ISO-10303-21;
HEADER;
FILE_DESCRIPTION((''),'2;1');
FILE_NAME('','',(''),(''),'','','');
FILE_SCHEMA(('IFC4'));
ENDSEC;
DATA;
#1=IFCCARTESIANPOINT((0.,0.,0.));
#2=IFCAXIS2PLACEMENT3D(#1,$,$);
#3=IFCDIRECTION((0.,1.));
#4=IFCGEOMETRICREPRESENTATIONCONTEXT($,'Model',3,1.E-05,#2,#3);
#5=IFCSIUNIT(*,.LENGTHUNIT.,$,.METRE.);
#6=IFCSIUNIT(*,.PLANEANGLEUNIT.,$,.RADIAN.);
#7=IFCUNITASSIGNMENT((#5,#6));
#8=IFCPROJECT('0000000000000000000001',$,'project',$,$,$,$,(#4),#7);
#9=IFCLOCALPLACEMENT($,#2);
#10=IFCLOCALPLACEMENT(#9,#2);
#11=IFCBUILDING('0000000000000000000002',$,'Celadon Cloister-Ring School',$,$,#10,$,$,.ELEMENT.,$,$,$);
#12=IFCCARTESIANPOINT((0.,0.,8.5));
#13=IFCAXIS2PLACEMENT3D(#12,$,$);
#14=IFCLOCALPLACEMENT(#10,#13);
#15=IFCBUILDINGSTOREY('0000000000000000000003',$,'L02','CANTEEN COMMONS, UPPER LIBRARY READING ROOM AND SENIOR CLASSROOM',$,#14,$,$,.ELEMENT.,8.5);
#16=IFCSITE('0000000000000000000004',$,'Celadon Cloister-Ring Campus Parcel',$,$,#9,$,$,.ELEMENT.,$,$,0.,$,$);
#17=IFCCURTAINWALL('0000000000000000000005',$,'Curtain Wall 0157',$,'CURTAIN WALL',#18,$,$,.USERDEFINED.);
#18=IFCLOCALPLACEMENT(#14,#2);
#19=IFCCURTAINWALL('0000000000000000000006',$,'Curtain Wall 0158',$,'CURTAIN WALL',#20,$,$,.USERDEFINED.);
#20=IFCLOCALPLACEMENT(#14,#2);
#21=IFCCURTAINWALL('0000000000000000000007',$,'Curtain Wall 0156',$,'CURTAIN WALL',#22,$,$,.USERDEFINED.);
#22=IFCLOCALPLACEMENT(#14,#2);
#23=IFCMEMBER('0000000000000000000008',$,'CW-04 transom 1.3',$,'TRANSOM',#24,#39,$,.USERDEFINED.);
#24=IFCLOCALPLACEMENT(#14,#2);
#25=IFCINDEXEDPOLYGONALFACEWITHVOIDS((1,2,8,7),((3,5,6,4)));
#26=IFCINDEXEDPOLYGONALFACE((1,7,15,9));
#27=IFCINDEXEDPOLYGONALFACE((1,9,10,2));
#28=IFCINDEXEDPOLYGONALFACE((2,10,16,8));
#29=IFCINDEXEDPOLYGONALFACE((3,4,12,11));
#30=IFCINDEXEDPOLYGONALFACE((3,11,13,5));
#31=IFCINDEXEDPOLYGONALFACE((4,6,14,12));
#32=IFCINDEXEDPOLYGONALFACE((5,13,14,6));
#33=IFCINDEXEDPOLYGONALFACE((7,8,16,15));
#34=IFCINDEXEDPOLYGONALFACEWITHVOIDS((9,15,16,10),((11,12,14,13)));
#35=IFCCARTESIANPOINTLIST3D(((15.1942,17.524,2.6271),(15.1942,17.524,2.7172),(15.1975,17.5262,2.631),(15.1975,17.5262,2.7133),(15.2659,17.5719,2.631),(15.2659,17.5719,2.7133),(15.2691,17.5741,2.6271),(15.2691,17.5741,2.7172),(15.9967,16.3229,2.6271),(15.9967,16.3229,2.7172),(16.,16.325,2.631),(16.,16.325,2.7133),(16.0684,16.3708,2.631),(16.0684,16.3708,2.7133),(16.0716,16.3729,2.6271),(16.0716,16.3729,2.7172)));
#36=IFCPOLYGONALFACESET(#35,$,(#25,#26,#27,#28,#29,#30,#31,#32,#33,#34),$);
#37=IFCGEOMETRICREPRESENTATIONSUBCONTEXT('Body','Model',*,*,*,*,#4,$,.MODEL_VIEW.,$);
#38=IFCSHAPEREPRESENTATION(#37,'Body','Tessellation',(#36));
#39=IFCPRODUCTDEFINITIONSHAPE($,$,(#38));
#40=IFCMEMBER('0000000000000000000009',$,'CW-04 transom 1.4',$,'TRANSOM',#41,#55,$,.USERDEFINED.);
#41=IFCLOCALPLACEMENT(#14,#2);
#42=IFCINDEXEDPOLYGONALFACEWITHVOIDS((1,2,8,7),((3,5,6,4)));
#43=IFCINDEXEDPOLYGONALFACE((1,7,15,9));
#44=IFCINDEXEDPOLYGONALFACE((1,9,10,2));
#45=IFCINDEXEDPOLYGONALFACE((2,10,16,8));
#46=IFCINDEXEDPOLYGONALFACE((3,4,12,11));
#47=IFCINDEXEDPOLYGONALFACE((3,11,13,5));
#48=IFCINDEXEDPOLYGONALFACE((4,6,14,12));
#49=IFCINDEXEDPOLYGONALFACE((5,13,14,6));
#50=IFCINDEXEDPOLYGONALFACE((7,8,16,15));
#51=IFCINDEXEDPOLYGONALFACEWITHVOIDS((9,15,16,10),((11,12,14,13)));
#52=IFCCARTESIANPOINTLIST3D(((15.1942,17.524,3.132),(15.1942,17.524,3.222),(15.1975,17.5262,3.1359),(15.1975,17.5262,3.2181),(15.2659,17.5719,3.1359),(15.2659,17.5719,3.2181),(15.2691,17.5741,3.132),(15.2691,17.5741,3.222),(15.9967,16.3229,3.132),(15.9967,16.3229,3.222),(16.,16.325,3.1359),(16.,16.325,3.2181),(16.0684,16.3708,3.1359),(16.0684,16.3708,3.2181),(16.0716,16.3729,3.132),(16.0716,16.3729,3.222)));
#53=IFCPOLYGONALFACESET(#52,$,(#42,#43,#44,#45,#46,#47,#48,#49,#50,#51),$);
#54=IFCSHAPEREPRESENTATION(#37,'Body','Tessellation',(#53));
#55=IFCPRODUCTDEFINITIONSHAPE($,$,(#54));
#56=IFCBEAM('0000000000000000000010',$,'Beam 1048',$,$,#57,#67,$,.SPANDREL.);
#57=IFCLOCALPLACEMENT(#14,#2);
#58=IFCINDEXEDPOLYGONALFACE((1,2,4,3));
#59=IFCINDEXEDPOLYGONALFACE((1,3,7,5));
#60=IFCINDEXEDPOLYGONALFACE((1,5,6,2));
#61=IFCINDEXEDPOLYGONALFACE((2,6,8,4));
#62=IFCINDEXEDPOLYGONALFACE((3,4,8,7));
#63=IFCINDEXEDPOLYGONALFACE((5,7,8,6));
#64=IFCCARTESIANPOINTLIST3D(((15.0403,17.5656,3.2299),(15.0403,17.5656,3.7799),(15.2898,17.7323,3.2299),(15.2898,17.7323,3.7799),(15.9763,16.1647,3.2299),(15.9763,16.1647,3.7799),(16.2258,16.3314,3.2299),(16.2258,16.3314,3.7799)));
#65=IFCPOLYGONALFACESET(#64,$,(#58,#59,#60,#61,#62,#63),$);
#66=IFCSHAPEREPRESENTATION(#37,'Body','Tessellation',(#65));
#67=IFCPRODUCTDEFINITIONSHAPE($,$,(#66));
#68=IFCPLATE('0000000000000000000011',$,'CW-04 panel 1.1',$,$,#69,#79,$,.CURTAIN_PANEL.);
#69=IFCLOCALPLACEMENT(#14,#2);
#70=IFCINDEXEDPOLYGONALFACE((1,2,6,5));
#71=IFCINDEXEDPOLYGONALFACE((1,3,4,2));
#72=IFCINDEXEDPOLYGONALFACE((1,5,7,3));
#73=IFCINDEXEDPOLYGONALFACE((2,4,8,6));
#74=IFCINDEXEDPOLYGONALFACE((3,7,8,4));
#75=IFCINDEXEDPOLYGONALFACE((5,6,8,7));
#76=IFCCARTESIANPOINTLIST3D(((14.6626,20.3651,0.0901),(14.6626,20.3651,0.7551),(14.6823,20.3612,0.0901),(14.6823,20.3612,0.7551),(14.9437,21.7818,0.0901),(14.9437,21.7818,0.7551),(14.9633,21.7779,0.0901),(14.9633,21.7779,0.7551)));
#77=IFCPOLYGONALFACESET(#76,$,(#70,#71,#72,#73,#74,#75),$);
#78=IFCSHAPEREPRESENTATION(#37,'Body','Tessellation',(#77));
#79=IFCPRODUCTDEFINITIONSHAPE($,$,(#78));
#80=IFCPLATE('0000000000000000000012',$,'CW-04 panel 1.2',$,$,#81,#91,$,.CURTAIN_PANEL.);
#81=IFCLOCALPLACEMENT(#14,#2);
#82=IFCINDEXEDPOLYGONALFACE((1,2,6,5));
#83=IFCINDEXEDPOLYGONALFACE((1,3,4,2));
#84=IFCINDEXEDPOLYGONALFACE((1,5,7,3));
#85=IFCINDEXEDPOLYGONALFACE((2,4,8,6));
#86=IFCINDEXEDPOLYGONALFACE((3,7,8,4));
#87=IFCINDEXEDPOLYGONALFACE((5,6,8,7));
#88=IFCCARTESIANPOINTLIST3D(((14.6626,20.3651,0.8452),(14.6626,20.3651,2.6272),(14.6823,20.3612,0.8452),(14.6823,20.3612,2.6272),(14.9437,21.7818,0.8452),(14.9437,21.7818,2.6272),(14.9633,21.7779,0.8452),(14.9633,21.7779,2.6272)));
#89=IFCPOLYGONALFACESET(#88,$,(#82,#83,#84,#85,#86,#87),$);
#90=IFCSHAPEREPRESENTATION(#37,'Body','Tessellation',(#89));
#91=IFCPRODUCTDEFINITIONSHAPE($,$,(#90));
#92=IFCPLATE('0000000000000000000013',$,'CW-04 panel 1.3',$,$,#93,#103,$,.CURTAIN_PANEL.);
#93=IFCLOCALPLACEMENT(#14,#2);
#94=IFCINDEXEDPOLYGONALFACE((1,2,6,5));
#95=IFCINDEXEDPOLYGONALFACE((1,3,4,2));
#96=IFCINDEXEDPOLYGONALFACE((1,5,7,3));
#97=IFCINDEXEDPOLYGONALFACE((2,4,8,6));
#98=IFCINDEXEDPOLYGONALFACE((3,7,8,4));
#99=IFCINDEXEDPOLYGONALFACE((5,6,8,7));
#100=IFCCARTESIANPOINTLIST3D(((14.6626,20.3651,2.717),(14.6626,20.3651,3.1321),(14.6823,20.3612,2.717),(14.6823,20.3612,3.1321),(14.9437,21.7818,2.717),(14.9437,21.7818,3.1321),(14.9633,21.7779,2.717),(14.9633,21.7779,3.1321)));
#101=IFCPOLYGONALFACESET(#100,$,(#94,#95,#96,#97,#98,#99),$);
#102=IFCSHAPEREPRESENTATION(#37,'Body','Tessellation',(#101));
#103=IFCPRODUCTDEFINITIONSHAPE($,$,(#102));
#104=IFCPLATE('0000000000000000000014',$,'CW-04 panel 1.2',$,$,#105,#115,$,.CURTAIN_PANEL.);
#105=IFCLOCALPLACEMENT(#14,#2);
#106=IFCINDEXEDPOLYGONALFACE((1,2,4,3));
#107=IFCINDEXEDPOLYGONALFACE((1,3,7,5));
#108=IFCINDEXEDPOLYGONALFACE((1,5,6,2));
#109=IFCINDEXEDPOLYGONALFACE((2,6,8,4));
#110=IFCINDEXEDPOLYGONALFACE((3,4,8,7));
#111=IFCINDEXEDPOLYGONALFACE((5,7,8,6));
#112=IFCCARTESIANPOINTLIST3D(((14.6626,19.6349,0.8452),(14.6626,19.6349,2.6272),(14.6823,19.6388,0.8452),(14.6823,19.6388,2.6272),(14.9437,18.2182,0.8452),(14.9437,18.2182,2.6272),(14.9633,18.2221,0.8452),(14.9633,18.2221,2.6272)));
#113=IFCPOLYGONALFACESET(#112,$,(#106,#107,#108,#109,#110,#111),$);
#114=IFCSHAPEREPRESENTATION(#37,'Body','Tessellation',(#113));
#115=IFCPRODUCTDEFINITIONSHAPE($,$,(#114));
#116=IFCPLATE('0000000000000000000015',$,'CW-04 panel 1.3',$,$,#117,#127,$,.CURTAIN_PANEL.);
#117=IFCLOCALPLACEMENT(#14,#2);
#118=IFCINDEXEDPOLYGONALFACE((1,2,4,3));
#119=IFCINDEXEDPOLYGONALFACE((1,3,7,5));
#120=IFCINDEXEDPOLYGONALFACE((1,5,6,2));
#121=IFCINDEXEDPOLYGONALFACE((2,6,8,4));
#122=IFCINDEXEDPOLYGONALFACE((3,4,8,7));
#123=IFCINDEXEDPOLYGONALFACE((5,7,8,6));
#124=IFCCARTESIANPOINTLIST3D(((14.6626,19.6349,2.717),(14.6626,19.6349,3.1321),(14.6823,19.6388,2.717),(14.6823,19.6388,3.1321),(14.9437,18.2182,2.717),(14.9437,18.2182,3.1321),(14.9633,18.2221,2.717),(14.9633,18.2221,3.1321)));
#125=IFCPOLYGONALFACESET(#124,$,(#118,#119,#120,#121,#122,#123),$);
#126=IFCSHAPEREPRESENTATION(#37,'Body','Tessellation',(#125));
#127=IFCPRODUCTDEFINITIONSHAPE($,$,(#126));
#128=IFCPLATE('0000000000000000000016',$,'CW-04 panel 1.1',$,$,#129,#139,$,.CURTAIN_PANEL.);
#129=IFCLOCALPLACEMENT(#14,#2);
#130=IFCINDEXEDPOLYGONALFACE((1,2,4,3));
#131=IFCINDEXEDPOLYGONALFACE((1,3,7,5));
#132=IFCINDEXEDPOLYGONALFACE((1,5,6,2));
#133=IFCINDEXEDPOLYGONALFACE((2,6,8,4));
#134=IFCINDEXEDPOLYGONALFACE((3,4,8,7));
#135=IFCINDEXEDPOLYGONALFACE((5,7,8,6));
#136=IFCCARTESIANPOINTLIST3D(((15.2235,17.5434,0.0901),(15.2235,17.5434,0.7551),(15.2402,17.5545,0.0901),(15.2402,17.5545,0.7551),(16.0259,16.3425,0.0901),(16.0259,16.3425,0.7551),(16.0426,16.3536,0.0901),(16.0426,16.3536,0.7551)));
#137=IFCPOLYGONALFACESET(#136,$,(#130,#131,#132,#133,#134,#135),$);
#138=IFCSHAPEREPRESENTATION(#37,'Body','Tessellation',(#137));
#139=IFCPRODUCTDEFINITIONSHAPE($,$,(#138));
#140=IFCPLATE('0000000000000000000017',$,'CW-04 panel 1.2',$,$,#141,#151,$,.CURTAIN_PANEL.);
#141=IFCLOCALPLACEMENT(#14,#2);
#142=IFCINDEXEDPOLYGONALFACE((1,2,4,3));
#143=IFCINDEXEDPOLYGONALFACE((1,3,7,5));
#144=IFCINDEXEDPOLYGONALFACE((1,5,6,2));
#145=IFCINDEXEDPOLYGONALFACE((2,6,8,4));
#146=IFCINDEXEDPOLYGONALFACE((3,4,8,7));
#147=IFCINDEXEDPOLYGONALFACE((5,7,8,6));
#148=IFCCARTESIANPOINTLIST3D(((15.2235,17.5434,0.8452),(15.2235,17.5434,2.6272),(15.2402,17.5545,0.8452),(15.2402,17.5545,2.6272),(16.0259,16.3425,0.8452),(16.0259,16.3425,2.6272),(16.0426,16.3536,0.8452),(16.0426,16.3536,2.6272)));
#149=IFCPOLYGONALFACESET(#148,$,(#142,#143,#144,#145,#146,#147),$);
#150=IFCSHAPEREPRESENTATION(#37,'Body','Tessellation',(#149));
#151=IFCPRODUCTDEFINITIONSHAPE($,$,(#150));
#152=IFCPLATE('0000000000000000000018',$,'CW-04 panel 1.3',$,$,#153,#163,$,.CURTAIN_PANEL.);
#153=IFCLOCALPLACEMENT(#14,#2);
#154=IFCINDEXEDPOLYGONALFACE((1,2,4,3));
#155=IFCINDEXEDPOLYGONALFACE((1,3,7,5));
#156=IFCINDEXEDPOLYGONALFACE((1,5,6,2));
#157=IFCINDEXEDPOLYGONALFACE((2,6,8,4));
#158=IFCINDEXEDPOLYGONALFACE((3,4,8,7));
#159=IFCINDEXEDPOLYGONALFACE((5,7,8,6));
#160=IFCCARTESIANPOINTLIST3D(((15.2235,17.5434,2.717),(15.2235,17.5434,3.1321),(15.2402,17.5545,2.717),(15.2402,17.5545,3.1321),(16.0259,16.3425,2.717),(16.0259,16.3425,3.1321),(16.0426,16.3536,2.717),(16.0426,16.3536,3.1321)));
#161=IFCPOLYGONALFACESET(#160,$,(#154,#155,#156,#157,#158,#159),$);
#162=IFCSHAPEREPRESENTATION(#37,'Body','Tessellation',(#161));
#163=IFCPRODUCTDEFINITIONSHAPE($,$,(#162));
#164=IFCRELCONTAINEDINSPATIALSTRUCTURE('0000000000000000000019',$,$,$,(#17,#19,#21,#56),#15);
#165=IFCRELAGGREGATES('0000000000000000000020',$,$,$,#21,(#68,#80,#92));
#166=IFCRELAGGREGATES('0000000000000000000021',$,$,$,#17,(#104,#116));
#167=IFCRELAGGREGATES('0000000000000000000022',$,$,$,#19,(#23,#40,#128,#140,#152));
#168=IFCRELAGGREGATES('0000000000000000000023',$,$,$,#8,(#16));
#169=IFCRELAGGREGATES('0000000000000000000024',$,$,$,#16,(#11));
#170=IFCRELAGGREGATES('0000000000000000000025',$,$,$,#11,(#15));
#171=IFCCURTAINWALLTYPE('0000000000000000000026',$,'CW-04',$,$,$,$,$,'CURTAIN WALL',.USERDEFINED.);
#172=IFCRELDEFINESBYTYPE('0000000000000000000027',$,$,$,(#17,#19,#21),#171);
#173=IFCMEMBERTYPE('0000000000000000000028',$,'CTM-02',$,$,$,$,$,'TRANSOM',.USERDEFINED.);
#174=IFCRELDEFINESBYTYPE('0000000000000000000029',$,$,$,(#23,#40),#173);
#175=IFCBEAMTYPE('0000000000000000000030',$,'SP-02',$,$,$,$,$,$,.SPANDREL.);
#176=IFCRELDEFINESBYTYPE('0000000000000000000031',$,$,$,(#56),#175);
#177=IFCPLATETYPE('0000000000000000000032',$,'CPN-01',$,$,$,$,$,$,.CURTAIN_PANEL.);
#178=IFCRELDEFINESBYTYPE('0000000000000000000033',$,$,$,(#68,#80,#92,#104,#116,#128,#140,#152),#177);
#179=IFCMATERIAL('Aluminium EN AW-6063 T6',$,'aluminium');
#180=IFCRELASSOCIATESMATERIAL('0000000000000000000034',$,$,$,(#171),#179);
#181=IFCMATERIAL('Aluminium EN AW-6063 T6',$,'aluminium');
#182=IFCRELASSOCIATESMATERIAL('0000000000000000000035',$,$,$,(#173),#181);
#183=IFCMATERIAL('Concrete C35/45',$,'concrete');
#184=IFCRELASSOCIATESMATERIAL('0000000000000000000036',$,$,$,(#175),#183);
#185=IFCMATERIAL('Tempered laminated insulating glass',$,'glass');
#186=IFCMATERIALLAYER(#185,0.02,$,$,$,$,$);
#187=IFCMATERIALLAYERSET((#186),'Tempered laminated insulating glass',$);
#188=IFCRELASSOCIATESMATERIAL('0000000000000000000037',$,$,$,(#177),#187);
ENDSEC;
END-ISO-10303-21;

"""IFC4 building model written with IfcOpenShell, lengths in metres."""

from ifc_helpers import new_model, si_unit, direction, frame, origin, origin_2d, place, context, subcontext, project, spatial, rectangle, hollow_rectangle, extrude, material, layer, layer_set, material_profile, profile_set, type_object, element, aggregate, save


model = new_model("IFC4")

# Units and contexts
model_context = context("Model", 3, precision=1e-05, world=origin(), true_north=direction((0.0, 1.0)))
body_context = subcontext(model_context, "Body", "Model", "MODEL_VIEW")
ifc_project = project(units=[si_unit("LENGTHUNIT", "METRE"), si_unit("PLANEANGLEUNIT", "RADIAN")], contexts=[model_context])

# Site, building, storey
site_placement = place(None, origin())
site = spatial("IfcSite", under=ifc_project, at=site_placement, Name="Celadon Cloister-Ring Campus Parcel", CompositionType="ELEMENT", RefElevation=0.0)
building_placement = place(site_placement, origin())
building = spatial("IfcBuilding", under=site, at=building_placement, Name="Celadon Cloister-Ring School", CompositionType="ELEMENT")
storey_placement = place(building_placement, frame((0.0, 0.0, 8.5)))
storey = spatial("IfcBuildingStorey", under=building, at=storey_placement, Name="L02", Description="CANTEEN COMMONS, UPPER LIBRARY READING ROOM AND SENIOR CLASSROOM", CompositionType="ELEMENT", Elevation=8.5)

# Curtain wall
ifc_material_1 = material(Name="Aluminium EN AW-6063 T6", Category="aluminium")
curtain_wall_type = type_object("IfcCurtainWallType", Name="CW-04", ElementType="CURTAIN WALL", PredefinedType="USERDEFINED", material=ifc_material_1)
curtain_wall_1_placement = place(storey_placement, origin())
curtain_wall_1 = element("IfcCurtainWall", 1, at=curtain_wall_1_placement, inside=storey, type_object=curtain_wall_type, Name="Curtain Wall 0157", ObjectType="CURTAIN WALL", PredefinedType="USERDEFINED")

# Curtain walls
curtain_wall_2_placement = place(storey_placement, origin())
curtain_wall_2 = element("IfcCurtainWall", 2, at=curtain_wall_2_placement, inside=storey, type_object=curtain_wall_type, Name="Curtain Wall 0158", ObjectType="CURTAIN WALL", PredefinedType="USERDEFINED")
curtain_wall_3_placement = place(storey_placement, origin())
curtain_wall_3 = element("IfcCurtainWall", 3, at=curtain_wall_3_placement, inside=storey, type_object=curtain_wall_type, Name="Curtain Wall 0156", ObjectType="CURTAIN WALL", PredefinedType="USERDEFINED")
ifc_material_2 = material(Name="Aluminium EN AW-6063 T6", Category="aluminium")
ifc_material_profile_1 = material_profile(ifc_material_2, hollow_rectangle(XDim=0.0901, YDim=0.0901, WallThickness=0.0039, at=origin_2d()), Name="RHS90X90X4")
ifc_profile_set_1 = profile_set([ifc_material_profile_1], Name="Aluminium EN AW-6063 T6")
member_type_1 = type_object("IfcMemberType", Name="CTM-02", ElementType="TRANSOM", PredefinedType="USERDEFINED", material=ifc_profile_set_1)

# Members
member_1_placement = place(storey_placement, frame((15.2317, 17.5491, 2.6721), z_axis=(0.555519, -0.831504, 0.0), x_axis=(0.831504, 0.555519, 0.0)))
member_1 = element("IfcMember", 4, at=member_1_placement, type_object=member_type_1, Name="CW-04 transom 1.3", ObjectType="TRANSOM", PredefinedType="USERDEFINED", context=body_context, shape_type="SweptSolid", body=[
    extrude(hollow_rectangle(XDim=0.0901, YDim=0.0901, WallThickness=0.0039, at=origin_2d()), origin(), (0.0, 0.0, 1.0), 1.4446),
])
member_2_placement = place(storey_placement, frame((15.2317, 17.5491, 3.177), z_axis=(0.555519, -0.831504, 0.0), x_axis=(0.831504, 0.555519, 0.0)))
member_2 = element("IfcMember", 5, at=member_2_placement, type_object=member_type_1, Name="CW-04 transom 1.4", ObjectType="TRANSOM", PredefinedType="USERDEFINED", context=body_context, shape_type="SweptSolid", body=[
    extrude(hollow_rectangle(XDim=0.0901, YDim=0.0901, WallThickness=0.0039, at=origin_2d()), origin(), (0.0, 0.0, 1.0), 1.4446),
])

# Beam
ifc_material_3 = material(Name="Concrete C35/45", Category="concrete")
ifc_material_profile_2 = material_profile(ifc_material_3, rectangle(XDim=0.3, YDim=0.55, at=origin_2d()), Name="RC300X550")
ifc_profile_set_2 = profile_set([ifc_material_profile_2], Name="Concrete C35/45")
beam_type = type_object("IfcBeamType", Name="SP-02", PredefinedType="SPANDREL", material=ifc_profile_set_2)
beam_placement = place(storey_placement, frame((15.165, 17.6489, 3.5049), z_axis=(0.555569, -0.83147, 0.0), x_axis=(0.83147, 0.555569, 0.0)))
element("IfcBeam", 6, at=beam_placement, inside=storey, type_object=beam_type, Name="Beam 1048", PredefinedType="SPANDREL", context=body_context, shape_type="SweptSolid", body=[
    extrude(rectangle(XDim=0.3, YDim=0.55, at=origin_2d()), origin(), (0.0, 0.0, 1.0), 1.6848),
])

# Plates
ifc_material_4 = material(Name="Tempered laminated insulating glass", Category="glass")
ifc_layer = layer(ifc_material_4, 0.02)
ifc_layer_set = layer_set([ifc_layer], Name="Tempered laminated insulating glass")
plate_type = type_object("IfcPlateType", Name="CPN-01", PredefinedType="CURTAIN_PANEL", material=ifc_layer_set)
plate_1_placement = place(storey_placement, frame((14.813, 21.0715, 0.0901), z_axis=(0.0, 0.0, 1.0), x_axis=(-0.194586, -0.980885, 0.0)))
plate_1 = element("IfcPlate", 7, at=plate_1_placement, type_object=plate_type, Name="CW-04 panel 1.1", PredefinedType="CURTAIN_PANEL", context=body_context, shape_type="SweptSolid", body=[
    extrude(rectangle(XDim=1.4443, YDim=0.02, at=origin_2d()), origin(), (0.0, 0.0, 1.0), 0.665),
])
plate_2_placement = place(storey_placement, frame((14.813, 21.0715, 0.8452), z_axis=(0.0, 0.0, 1.0), x_axis=(-0.194586, -0.980885, 0.0)))
plate_2 = element("IfcPlate", 8, at=plate_2_placement, type_object=plate_type, Name="CW-04 panel 1.2", PredefinedType="CURTAIN_PANEL", context=body_context, shape_type="SweptSolid", body=[
    extrude(rectangle(XDim=1.4443, YDim=0.02, at=origin_2d()), origin(), (0.0, 0.0, 1.0), 1.782),
])
plate_3_placement = place(storey_placement, frame((14.813, 21.0715, 2.717), z_axis=(0.0, 0.0, 1.0), x_axis=(-0.194586, -0.980885, 0.0)))
plate_3 = element("IfcPlate", 9, at=plate_3_placement, type_object=plate_type, Name="CW-04 panel 1.3", PredefinedType="CURTAIN_PANEL", context=body_context, shape_type="SweptSolid", body=[
    extrude(rectangle(XDim=1.4443, YDim=0.02, at=origin_2d()), origin(), (0.0, 0.0, 1.0), 0.415),
])
aggregate(curtain_wall_3, [plate_1, plate_2, plate_3])
plate_4_placement = place(storey_placement, frame((14.813, 18.9285, 0.8452), z_axis=(0.0, 0.0, 1.0), x_axis=(0.194586, -0.980885, 0.0)))
plate_4 = element("IfcPlate", 10, at=plate_4_placement, type_object=plate_type, Name="CW-04 panel 1.2", PredefinedType="CURTAIN_PANEL", context=body_context, shape_type="SweptSolid", body=[
    extrude(rectangle(XDim=1.4443, YDim=0.02, at=origin_2d()), origin(), (0.0, 0.0, 1.0), 1.782),
])
plate_5_placement = place(storey_placement, frame((14.813, 18.9285, 2.717), z_axis=(0.0, 0.0, 1.0), x_axis=(0.194586, -0.980885, 0.0)))
plate_5 = element("IfcPlate", 11, at=plate_5_placement, type_object=plate_type, Name="CW-04 panel 1.3", PredefinedType="CURTAIN_PANEL", context=body_context, shape_type="SweptSolid", body=[
    extrude(rectangle(XDim=1.4443, YDim=0.02, at=origin_2d()), origin(), (0.0, 0.0, 1.0), 0.415),
])
aggregate(curtain_wall_1, [plate_4, plate_5])
plate_6_placement = place(storey_placement, frame((15.6331, 16.9485, 0.0901), z_axis=(0.0, 0.0, 1.0), x_axis=(0.555547, -0.831485, 0.0)))
plate_6 = element("IfcPlate", 12, at=plate_6_placement, type_object=plate_type, Name="CW-04 panel 1.1", PredefinedType="CURTAIN_PANEL", context=body_context, shape_type="SweptSolid", body=[
    extrude(rectangle(XDim=1.4443, YDim=0.02, at=origin_2d()), origin(), (0.0, 0.0, 1.0), 0.665),
])
plate_7_placement = place(storey_placement, frame((15.6331, 16.9485, 0.8452), z_axis=(0.0, 0.0, 1.0), x_axis=(0.555547, -0.831485, 0.0)))
plate_7 = element("IfcPlate", 13, at=plate_7_placement, type_object=plate_type, Name="CW-04 panel 1.2", PredefinedType="CURTAIN_PANEL", context=body_context, shape_type="SweptSolid", body=[
    extrude(rectangle(XDim=1.4443, YDim=0.02, at=origin_2d()), origin(), (0.0, 0.0, 1.0), 1.782),
])
plate_8_placement = place(storey_placement, frame((15.6331, 16.9485, 2.717), z_axis=(0.0, 0.0, 1.0), x_axis=(0.555547, -0.831485, 0.0)))
plate_8 = element("IfcPlate", 14, at=plate_8_placement, type_object=plate_type, Name="CW-04 panel 1.3", PredefinedType="CURTAIN_PANEL", context=body_context, shape_type="SweptSolid", body=[
    extrude(rectangle(XDim=1.4443, YDim=0.02, at=origin_2d()), origin(), (0.0, 0.0, 1.0), 0.415),
])
aggregate(curtain_wall_2, [member_1, member_2, plate_6, plate_7, plate_8])

save(model, "model.ifc")
